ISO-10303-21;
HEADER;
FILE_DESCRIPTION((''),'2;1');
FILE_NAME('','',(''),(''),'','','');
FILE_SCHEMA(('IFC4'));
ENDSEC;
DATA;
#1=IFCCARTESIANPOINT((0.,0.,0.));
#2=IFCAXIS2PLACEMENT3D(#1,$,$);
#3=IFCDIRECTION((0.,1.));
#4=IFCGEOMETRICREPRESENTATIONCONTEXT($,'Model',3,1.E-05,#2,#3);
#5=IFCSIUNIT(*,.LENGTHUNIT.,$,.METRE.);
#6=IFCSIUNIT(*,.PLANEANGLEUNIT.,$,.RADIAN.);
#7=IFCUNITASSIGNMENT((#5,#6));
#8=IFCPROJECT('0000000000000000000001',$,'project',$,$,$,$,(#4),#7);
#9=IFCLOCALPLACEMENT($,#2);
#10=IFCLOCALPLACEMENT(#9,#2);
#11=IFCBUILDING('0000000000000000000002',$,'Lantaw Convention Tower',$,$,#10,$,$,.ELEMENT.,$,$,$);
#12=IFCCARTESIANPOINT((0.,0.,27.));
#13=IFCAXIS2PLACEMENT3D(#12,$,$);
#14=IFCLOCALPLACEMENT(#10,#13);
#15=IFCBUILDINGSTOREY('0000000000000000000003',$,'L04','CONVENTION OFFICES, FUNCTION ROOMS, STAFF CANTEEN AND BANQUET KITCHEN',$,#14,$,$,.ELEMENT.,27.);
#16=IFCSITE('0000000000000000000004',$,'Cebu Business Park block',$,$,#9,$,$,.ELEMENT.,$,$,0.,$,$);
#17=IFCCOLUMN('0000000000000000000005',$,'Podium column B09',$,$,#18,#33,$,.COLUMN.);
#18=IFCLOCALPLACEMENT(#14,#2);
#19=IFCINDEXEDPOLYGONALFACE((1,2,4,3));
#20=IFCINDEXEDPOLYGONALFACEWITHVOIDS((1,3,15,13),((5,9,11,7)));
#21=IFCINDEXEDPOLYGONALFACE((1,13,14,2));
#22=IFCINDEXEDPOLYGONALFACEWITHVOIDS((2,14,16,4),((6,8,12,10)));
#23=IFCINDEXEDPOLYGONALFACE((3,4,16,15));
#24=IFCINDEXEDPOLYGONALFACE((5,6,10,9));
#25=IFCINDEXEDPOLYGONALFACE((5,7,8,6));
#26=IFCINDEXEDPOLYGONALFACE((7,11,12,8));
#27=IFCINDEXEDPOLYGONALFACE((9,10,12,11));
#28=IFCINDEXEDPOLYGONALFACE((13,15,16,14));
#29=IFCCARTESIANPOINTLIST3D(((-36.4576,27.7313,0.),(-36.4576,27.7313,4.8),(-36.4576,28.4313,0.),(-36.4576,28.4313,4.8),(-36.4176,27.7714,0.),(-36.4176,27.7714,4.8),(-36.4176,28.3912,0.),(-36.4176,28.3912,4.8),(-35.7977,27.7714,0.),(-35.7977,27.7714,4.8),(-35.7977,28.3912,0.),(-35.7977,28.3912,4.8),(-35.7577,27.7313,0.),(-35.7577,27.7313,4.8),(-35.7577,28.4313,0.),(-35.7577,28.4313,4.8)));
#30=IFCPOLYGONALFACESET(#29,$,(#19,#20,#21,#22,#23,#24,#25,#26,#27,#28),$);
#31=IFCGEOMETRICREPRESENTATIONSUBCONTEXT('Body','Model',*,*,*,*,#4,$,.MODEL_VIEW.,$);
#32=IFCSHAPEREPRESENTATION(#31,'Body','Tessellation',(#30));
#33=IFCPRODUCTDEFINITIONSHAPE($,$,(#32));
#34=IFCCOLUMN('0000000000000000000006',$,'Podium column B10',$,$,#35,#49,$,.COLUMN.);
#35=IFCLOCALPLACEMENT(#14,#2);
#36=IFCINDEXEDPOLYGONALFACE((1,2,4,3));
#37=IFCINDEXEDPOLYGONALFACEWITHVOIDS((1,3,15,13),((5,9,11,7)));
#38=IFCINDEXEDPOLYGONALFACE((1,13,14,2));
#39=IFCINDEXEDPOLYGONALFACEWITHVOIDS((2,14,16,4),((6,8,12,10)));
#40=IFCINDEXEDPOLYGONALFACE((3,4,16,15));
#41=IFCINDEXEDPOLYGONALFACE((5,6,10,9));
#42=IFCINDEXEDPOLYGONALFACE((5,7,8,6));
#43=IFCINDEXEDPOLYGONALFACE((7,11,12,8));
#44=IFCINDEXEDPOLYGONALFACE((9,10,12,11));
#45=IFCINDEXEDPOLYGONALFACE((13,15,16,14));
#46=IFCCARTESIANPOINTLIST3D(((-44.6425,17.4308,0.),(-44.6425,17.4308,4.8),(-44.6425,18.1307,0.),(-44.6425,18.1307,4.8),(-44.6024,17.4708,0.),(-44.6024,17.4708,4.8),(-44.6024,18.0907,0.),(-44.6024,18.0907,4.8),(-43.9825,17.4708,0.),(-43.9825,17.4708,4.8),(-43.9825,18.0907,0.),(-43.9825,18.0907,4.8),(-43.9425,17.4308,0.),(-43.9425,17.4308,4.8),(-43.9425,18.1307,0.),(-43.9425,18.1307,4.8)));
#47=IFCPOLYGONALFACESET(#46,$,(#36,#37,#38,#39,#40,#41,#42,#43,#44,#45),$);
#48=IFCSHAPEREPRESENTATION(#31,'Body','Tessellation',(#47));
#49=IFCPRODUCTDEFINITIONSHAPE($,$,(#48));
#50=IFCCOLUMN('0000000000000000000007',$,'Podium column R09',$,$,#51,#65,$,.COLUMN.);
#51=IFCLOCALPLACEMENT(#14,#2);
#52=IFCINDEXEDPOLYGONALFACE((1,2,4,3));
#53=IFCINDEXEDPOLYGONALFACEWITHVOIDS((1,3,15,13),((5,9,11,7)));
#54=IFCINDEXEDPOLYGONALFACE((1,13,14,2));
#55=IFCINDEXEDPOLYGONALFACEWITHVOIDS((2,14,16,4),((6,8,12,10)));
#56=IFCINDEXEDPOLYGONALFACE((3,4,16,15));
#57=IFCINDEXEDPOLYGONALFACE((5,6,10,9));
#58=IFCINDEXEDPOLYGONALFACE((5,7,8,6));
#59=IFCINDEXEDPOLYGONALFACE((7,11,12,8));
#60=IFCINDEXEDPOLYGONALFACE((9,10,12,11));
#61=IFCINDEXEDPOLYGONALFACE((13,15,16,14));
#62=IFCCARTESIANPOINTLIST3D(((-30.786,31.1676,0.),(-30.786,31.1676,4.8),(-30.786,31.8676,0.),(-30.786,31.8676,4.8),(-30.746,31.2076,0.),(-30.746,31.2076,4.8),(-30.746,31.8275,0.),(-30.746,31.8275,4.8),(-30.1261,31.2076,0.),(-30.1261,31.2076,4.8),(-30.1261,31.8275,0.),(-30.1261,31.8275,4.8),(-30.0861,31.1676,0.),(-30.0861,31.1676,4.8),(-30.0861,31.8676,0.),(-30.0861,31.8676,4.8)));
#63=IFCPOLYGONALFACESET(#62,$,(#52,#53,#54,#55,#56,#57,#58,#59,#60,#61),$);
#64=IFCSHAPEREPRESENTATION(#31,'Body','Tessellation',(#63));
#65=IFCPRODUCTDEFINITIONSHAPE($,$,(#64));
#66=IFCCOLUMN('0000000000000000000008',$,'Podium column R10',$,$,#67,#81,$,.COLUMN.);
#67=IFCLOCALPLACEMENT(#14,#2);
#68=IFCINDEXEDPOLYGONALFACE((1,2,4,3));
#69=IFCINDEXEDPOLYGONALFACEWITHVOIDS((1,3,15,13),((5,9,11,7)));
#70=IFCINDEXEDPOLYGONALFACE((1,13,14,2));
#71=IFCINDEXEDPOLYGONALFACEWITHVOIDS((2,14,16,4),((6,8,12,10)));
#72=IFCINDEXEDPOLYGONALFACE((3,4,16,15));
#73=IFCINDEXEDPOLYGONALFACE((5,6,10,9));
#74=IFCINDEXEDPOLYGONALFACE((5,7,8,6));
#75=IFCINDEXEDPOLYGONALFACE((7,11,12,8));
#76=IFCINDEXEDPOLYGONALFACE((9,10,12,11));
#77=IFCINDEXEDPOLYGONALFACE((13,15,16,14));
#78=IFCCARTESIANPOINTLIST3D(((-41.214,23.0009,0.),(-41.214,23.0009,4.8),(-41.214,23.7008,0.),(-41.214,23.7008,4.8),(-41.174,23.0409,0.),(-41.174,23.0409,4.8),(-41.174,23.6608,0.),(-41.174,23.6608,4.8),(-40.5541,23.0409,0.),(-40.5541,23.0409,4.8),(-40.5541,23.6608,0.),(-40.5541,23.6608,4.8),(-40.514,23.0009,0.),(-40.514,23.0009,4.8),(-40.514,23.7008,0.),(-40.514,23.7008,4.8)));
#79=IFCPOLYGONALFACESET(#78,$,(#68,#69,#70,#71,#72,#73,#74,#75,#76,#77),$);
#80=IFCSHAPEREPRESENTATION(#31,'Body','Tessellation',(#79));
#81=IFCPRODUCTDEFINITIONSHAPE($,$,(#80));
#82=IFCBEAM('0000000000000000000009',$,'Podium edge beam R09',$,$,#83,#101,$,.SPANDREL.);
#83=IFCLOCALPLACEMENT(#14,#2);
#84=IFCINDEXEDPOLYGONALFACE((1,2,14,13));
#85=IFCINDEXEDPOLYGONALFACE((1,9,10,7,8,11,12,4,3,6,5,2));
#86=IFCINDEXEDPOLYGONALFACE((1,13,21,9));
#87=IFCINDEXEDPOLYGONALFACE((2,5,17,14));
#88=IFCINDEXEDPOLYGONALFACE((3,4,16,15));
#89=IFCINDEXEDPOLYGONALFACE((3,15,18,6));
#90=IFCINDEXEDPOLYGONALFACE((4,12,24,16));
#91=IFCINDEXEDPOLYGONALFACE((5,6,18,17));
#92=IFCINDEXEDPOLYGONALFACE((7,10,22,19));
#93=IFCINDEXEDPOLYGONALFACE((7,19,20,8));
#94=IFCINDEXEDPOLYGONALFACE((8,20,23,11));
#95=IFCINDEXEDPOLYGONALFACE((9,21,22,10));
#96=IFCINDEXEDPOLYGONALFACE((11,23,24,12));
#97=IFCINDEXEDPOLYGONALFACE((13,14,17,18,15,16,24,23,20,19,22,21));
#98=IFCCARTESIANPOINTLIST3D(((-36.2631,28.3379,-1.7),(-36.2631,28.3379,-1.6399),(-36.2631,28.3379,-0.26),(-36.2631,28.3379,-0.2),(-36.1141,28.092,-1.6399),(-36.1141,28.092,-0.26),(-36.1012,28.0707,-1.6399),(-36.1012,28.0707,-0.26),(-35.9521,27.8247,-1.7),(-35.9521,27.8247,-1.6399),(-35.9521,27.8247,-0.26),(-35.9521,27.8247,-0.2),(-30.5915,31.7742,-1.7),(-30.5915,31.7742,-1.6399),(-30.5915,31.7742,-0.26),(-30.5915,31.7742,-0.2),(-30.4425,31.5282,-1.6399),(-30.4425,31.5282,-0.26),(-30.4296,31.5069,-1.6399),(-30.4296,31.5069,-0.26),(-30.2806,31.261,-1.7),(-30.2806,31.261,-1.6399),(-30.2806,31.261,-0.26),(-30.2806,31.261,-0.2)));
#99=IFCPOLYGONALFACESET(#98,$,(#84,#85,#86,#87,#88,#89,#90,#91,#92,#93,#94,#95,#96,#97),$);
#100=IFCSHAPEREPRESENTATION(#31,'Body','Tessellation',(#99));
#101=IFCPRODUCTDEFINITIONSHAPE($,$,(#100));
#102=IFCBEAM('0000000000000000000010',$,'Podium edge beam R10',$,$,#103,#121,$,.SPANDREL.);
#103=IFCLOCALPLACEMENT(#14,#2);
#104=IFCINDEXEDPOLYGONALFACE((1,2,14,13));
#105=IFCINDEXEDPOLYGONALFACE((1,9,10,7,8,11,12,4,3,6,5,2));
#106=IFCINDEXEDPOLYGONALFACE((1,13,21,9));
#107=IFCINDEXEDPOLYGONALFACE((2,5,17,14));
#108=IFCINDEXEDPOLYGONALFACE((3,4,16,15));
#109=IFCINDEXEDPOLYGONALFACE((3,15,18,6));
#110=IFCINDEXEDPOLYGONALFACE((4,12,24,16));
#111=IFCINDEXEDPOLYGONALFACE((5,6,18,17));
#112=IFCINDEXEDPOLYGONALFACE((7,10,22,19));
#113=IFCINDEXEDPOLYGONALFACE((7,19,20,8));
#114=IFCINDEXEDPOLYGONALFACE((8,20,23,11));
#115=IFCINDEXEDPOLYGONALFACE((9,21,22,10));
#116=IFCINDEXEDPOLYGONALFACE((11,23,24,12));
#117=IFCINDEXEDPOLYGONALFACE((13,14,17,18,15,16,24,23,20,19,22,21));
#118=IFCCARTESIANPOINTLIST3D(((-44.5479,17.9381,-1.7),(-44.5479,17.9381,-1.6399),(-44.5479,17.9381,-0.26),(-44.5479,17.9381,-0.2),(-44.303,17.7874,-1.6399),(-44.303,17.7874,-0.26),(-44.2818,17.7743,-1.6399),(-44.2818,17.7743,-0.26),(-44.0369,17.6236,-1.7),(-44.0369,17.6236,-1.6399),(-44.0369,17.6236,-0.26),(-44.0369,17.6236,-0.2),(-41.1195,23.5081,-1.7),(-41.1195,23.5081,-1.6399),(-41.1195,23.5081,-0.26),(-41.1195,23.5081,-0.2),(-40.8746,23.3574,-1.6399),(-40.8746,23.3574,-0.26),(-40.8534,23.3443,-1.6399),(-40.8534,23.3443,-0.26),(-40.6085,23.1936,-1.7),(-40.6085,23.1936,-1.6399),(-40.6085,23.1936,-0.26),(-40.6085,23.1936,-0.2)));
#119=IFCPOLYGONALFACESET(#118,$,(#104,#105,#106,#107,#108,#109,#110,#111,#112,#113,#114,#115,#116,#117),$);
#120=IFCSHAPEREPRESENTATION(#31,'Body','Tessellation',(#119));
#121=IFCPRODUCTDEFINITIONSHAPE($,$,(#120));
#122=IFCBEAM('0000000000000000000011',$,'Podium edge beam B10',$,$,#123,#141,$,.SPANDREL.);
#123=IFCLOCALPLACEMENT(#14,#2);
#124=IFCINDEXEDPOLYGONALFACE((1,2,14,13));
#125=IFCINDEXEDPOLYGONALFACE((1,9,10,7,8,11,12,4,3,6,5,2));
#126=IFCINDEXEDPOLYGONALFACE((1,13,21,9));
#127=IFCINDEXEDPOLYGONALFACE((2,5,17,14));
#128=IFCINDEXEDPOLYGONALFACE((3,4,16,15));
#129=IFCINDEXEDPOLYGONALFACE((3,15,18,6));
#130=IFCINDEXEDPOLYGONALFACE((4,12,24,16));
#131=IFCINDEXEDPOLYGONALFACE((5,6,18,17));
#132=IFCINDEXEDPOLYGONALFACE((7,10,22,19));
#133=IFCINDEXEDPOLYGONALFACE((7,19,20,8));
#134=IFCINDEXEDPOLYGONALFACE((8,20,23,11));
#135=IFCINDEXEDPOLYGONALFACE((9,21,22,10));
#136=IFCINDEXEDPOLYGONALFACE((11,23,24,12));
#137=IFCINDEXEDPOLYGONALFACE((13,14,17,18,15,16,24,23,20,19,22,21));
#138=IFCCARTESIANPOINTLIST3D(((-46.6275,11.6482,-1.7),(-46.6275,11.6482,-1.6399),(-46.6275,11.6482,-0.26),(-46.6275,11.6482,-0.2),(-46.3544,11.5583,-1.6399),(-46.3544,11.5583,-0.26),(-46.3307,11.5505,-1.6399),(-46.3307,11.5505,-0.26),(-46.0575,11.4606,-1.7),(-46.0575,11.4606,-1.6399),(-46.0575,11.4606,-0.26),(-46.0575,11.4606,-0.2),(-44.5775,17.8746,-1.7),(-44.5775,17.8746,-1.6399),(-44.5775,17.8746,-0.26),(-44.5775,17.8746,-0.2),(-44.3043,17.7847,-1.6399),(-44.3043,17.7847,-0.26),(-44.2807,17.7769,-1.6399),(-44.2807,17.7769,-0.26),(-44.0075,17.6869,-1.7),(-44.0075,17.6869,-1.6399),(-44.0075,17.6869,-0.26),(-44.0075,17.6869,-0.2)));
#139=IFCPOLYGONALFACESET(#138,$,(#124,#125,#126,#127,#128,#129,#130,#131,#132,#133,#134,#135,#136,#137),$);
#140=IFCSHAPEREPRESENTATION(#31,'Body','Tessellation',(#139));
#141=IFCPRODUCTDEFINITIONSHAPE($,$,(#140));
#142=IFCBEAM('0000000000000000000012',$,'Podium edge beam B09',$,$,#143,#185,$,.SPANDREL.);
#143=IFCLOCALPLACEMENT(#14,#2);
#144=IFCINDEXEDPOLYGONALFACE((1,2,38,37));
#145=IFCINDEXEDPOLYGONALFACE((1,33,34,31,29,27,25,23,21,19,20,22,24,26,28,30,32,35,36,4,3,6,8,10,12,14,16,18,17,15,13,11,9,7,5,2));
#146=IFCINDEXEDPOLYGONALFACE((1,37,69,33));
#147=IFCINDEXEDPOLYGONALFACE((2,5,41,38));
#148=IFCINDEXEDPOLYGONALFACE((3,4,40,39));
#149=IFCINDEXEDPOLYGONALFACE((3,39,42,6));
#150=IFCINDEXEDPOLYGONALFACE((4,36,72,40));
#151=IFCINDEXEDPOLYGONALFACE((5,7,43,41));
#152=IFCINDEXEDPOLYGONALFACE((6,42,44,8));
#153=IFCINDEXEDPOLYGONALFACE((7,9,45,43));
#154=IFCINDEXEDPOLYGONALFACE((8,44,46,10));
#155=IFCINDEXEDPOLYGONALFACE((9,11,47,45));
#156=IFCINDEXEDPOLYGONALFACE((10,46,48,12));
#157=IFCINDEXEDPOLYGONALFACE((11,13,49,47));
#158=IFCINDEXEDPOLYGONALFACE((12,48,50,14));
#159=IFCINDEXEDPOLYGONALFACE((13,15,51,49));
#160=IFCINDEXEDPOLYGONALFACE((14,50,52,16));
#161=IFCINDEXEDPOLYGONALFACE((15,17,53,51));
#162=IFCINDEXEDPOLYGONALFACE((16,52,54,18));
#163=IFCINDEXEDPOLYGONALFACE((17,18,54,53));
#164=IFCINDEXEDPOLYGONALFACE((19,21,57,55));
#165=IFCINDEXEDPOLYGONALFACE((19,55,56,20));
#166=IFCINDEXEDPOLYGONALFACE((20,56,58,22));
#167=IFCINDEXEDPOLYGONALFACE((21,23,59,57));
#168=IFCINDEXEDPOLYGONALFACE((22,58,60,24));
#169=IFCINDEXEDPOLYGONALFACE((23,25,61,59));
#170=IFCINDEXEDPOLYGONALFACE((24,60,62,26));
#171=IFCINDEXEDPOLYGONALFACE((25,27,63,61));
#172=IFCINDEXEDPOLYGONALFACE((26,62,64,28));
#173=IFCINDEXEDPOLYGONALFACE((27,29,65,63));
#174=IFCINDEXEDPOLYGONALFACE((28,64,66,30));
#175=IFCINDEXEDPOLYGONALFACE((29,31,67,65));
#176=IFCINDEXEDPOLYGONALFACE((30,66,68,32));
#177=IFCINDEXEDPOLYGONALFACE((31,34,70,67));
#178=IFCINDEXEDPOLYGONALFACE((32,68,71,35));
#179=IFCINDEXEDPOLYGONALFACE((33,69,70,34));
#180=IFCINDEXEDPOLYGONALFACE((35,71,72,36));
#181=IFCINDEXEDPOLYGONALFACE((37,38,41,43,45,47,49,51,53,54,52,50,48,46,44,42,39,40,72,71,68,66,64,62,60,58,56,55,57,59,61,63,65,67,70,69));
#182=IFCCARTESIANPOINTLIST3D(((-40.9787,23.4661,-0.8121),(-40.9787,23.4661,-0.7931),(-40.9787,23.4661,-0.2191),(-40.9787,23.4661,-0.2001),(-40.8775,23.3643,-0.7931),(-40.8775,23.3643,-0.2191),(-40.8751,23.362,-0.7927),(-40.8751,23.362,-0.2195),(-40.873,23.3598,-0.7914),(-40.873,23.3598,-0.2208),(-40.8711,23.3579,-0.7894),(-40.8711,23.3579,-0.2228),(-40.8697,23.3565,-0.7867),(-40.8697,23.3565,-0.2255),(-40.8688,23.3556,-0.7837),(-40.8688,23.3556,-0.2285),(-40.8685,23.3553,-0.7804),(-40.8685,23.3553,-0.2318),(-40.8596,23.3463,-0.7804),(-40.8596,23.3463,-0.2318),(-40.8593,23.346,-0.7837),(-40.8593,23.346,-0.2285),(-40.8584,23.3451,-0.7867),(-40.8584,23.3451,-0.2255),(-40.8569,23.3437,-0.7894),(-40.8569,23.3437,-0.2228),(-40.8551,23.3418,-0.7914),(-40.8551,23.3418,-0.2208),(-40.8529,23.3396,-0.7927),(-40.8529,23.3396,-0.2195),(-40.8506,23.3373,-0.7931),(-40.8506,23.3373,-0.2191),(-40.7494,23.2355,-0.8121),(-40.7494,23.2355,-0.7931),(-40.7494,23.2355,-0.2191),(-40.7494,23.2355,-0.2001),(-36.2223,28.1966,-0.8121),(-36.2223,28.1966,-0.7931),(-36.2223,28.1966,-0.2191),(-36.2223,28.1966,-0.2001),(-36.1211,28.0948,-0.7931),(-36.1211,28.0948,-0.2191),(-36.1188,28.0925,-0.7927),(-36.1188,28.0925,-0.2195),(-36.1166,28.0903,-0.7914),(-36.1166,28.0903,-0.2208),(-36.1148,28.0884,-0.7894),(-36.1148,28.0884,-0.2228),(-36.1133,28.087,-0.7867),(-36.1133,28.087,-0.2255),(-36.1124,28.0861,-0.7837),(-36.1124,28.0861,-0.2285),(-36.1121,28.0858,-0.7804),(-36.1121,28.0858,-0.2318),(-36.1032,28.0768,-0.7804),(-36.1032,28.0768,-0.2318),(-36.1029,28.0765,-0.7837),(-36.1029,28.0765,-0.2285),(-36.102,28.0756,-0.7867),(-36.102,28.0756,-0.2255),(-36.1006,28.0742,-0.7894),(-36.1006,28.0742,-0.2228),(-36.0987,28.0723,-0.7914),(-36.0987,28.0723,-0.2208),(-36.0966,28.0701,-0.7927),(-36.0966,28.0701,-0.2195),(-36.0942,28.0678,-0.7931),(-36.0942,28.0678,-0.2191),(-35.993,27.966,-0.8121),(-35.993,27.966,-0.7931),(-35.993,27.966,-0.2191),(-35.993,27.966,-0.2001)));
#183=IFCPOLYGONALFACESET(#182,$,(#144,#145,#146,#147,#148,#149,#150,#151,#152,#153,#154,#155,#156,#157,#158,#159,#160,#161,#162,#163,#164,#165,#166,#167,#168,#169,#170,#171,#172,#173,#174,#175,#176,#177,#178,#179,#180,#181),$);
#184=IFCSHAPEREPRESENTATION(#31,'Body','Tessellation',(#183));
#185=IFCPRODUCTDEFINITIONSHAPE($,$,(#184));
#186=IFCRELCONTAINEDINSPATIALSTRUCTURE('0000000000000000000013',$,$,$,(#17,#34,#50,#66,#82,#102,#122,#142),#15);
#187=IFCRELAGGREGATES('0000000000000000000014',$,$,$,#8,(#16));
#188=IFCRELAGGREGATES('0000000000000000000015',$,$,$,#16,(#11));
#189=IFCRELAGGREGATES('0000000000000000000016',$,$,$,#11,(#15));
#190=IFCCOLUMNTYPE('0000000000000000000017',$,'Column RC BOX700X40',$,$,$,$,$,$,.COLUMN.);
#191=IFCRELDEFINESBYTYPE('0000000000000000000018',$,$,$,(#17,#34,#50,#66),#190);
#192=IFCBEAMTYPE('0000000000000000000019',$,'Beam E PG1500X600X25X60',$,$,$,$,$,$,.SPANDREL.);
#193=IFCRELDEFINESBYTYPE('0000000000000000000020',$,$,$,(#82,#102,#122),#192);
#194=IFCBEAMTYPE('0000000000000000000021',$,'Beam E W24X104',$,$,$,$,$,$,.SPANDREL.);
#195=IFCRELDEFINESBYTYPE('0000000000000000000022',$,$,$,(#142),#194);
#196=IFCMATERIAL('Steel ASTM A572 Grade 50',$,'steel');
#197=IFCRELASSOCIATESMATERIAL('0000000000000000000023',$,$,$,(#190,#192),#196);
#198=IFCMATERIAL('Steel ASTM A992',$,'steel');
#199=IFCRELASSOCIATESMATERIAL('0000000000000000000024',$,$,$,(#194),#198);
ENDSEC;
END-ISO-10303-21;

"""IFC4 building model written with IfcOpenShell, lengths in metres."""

from ifc_helpers import new_model, si_unit, direction, frame, origin, origin_2d, place, context, subcontext, project, spatial, hollow_rectangle, i_section, extrude, material, material_profile, profile_set, type_object, element, save


model = new_model("IFC4")

# Units and contexts
model_context = context("Model", 3, precision=1e-05, world=origin(), true_north=direction((0.0, 1.0)))
body_context = subcontext(model_context, "Body", "Model", "MODEL_VIEW")
ifc_project = project(units=[si_unit("LENGTHUNIT", "METRE"), si_unit("PLANEANGLEUNIT", "RADIAN")], contexts=[model_context])

# Site, building, storey
site_placement = place(None, origin())
site = spatial("IfcSite", under=ifc_project, at=site_placement, Name="Cebu Business Park block", CompositionType="ELEMENT", RefElevation=0.0)
building_placement = place(site_placement, origin())
building = spatial("IfcBuilding", under=site, at=building_placement, Name="Lantaw Convention Tower", CompositionType="ELEMENT")
storey_placement = place(building_placement, frame((0.0, 0.0, 27.0)))
storey = spatial("IfcBuildingStorey", under=building, at=storey_placement, Name="L04", Description="CONVENTION OFFICES, FUNCTION ROOMS, STAFF CANTEEN AND BANQUET KITCHEN", CompositionType="ELEMENT", Elevation=27.0)

# Columns
ifc_material_1 = material(Name="Steel ASTM A572 Grade 50", Category="steel")
ifc_material_profile_1 = material_profile(ifc_material_1, hollow_rectangle(XDim=0.7, YDim=0.7, WallThickness=0.04, at=origin_2d()), Name="BOX700X40")
ifc_profile_set_1 = profile_set([ifc_material_profile_1], Name="Steel ASTM A572 Grade 50")
column_type = type_object("IfcColumnType", Name="Column RC BOX700X40", PredefinedType="COLUMN", material=ifc_profile_set_1)
for number, where, z_axis, x_axis, name in (
    (1, (-36.1077, 28.0813, 0.0), (0.0, 0.0, 1.0), (1.0, 0.0, 0.0), "Podium column B09"),
    (2, (-44.2925, 17.7808, 0.0), (0.0, 0.0, 1.0), (1.0, 0.0, 0.0), "Podium column B10"),
    (3, (-30.436, 31.5176, 0.0), (0.0, 0.0, 1.0), (1.0, 0.0, 0.0), "Podium column R09"),
    (4, (-40.864, 23.3508, 0.0), (0.0, 0.0, 1.0), (1.0, 0.0, 0.0), "Podium column R10"),
):
    element("IfcColumn", number, at=place(storey_placement, frame(where, z_axis=z_axis, x_axis=x_axis)), inside=storey, type_object=column_type, Name=name, PredefinedType="COLUMN", context=body_context, shape_type="SweptSolid", body=[
        extrude(hollow_rectangle(XDim=0.7, YDim=0.7, WallThickness=0.04, at=origin_2d()), origin(), (0.0, 0.0, 1.0), 4.8),
    ])

# Beams
ifc_material_profile_2 = material_profile(ifc_material_1, i_section(OverallWidth=0.6001, OverallDepth=1.5, WebThickness=0.0249, FlangeThickness=0.0601, at=origin_2d()), Name="PG1500X600X25X60")
ifc_profile_set_2 = profile_set([ifc_material_profile_2], Name="Steel ASTM A572 Grade 50")
beam_type_1 = type_object("IfcBeamType", Name="Beam E PG1500X600X25X60", PredefinedType="SPANDREL", material=ifc_profile_set_2)
beam_1_placement = place(storey_placement, frame((-30.436, 31.5176, -0.95), z_axis=(-0.85527, -0.518183, 0.0), x_axis=(0.518183, -0.85527, 0.0)))
element("IfcBeam", 5, at=beam_1_placement, inside=storey, type_object=beam_type_1, Name="Podium edge beam R09", PredefinedType="SPANDREL", context=body_context, shape_type="SweptSolid", body=[
    extrude(i_section(OverallWidth=0.6001, OverallDepth=1.5, WebThickness=0.0249, FlangeThickness=0.0601, at=origin_2d()), origin(), (0.0, 0.0, 1.0), 6.6313),
])
beam_2_placement = place(storey_placement, frame((-40.864, 23.3508, -0.95), z_axis=(-0.524179, -0.851608, 0.0), x_axis=(0.851608, -0.524179, 0.0)))
element("IfcBeam", 6, at=beam_2_placement, inside=storey, type_object=beam_type_1, Name="Podium edge beam R10", PredefinedType="SPANDREL", context=body_context, shape_type="SweptSolid", body=[
    extrude(i_section(OverallWidth=0.6001, OverallDepth=1.5, WebThickness=0.0249, FlangeThickness=0.0601, at=origin_2d()), origin(), (0.0, 0.0, 1.0), 6.5405),
])
beam_3_placement = place(storey_placement, frame((-44.2925, 17.7808, -0.95), z_axis=(-0.31274, -0.949839, 0.0), x_axis=(0.949839, -0.31274, 0.0)))
element("IfcBeam", 7, at=beam_3_placement, inside=storey, type_object=beam_type_1, Name="Podium edge beam B10", PredefinedType="SPANDREL", context=body_context, shape_type="SweptSolid", body=[
    extrude(i_section(OverallWidth=0.6001, OverallDepth=1.5, WebThickness=0.0249, FlangeThickness=0.0601, at=origin_2d()), origin(), (0.0, 0.0, 1.0), 6.5552),
])
ifc_material_2 = material(Name="Steel ASTM A992", Category="steel")
ifc_material_profile_3 = material_profile(ifc_material_2, i_section(OverallWidth=0.3252, OverallDepth=0.6121, WebThickness=0.0127, FlangeThickness=0.019, FilletRadius=0.0127, at=origin_2d()), Name="W24X104")
ifc_profile_set_3 = profile_set([ifc_material_profile_3], Name="Steel ASTM A992")
beam_type_2 = type_object("IfcBeamType", Name="Beam E W24X104", PredefinedType="SPANDREL", material=ifc_profile_set_3)
beam_4_placement = place(storey_placement, frame((-36.1077, 28.0813, -0.5061), z_axis=(-0.709033, -0.705175, 0.0), x_axis=(0.705175, -0.709033, 0.0)))
element("IfcBeam", 8, at=beam_4_placement, inside=storey, type_object=beam_type_2, Name="Podium edge beam B09", PredefinedType="SPANDREL", context=body_context, shape_type="SweptSolid", body=[
    extrude(i_section(OverallWidth=0.3252, OverallDepth=0.6121, WebThickness=0.0127, FlangeThickness=0.019, FilletRadius=0.0127, at=origin_2d()), origin(), (0.0, 0.0, 1.0), 6.7083),
])

save(model, "model.ifc")
